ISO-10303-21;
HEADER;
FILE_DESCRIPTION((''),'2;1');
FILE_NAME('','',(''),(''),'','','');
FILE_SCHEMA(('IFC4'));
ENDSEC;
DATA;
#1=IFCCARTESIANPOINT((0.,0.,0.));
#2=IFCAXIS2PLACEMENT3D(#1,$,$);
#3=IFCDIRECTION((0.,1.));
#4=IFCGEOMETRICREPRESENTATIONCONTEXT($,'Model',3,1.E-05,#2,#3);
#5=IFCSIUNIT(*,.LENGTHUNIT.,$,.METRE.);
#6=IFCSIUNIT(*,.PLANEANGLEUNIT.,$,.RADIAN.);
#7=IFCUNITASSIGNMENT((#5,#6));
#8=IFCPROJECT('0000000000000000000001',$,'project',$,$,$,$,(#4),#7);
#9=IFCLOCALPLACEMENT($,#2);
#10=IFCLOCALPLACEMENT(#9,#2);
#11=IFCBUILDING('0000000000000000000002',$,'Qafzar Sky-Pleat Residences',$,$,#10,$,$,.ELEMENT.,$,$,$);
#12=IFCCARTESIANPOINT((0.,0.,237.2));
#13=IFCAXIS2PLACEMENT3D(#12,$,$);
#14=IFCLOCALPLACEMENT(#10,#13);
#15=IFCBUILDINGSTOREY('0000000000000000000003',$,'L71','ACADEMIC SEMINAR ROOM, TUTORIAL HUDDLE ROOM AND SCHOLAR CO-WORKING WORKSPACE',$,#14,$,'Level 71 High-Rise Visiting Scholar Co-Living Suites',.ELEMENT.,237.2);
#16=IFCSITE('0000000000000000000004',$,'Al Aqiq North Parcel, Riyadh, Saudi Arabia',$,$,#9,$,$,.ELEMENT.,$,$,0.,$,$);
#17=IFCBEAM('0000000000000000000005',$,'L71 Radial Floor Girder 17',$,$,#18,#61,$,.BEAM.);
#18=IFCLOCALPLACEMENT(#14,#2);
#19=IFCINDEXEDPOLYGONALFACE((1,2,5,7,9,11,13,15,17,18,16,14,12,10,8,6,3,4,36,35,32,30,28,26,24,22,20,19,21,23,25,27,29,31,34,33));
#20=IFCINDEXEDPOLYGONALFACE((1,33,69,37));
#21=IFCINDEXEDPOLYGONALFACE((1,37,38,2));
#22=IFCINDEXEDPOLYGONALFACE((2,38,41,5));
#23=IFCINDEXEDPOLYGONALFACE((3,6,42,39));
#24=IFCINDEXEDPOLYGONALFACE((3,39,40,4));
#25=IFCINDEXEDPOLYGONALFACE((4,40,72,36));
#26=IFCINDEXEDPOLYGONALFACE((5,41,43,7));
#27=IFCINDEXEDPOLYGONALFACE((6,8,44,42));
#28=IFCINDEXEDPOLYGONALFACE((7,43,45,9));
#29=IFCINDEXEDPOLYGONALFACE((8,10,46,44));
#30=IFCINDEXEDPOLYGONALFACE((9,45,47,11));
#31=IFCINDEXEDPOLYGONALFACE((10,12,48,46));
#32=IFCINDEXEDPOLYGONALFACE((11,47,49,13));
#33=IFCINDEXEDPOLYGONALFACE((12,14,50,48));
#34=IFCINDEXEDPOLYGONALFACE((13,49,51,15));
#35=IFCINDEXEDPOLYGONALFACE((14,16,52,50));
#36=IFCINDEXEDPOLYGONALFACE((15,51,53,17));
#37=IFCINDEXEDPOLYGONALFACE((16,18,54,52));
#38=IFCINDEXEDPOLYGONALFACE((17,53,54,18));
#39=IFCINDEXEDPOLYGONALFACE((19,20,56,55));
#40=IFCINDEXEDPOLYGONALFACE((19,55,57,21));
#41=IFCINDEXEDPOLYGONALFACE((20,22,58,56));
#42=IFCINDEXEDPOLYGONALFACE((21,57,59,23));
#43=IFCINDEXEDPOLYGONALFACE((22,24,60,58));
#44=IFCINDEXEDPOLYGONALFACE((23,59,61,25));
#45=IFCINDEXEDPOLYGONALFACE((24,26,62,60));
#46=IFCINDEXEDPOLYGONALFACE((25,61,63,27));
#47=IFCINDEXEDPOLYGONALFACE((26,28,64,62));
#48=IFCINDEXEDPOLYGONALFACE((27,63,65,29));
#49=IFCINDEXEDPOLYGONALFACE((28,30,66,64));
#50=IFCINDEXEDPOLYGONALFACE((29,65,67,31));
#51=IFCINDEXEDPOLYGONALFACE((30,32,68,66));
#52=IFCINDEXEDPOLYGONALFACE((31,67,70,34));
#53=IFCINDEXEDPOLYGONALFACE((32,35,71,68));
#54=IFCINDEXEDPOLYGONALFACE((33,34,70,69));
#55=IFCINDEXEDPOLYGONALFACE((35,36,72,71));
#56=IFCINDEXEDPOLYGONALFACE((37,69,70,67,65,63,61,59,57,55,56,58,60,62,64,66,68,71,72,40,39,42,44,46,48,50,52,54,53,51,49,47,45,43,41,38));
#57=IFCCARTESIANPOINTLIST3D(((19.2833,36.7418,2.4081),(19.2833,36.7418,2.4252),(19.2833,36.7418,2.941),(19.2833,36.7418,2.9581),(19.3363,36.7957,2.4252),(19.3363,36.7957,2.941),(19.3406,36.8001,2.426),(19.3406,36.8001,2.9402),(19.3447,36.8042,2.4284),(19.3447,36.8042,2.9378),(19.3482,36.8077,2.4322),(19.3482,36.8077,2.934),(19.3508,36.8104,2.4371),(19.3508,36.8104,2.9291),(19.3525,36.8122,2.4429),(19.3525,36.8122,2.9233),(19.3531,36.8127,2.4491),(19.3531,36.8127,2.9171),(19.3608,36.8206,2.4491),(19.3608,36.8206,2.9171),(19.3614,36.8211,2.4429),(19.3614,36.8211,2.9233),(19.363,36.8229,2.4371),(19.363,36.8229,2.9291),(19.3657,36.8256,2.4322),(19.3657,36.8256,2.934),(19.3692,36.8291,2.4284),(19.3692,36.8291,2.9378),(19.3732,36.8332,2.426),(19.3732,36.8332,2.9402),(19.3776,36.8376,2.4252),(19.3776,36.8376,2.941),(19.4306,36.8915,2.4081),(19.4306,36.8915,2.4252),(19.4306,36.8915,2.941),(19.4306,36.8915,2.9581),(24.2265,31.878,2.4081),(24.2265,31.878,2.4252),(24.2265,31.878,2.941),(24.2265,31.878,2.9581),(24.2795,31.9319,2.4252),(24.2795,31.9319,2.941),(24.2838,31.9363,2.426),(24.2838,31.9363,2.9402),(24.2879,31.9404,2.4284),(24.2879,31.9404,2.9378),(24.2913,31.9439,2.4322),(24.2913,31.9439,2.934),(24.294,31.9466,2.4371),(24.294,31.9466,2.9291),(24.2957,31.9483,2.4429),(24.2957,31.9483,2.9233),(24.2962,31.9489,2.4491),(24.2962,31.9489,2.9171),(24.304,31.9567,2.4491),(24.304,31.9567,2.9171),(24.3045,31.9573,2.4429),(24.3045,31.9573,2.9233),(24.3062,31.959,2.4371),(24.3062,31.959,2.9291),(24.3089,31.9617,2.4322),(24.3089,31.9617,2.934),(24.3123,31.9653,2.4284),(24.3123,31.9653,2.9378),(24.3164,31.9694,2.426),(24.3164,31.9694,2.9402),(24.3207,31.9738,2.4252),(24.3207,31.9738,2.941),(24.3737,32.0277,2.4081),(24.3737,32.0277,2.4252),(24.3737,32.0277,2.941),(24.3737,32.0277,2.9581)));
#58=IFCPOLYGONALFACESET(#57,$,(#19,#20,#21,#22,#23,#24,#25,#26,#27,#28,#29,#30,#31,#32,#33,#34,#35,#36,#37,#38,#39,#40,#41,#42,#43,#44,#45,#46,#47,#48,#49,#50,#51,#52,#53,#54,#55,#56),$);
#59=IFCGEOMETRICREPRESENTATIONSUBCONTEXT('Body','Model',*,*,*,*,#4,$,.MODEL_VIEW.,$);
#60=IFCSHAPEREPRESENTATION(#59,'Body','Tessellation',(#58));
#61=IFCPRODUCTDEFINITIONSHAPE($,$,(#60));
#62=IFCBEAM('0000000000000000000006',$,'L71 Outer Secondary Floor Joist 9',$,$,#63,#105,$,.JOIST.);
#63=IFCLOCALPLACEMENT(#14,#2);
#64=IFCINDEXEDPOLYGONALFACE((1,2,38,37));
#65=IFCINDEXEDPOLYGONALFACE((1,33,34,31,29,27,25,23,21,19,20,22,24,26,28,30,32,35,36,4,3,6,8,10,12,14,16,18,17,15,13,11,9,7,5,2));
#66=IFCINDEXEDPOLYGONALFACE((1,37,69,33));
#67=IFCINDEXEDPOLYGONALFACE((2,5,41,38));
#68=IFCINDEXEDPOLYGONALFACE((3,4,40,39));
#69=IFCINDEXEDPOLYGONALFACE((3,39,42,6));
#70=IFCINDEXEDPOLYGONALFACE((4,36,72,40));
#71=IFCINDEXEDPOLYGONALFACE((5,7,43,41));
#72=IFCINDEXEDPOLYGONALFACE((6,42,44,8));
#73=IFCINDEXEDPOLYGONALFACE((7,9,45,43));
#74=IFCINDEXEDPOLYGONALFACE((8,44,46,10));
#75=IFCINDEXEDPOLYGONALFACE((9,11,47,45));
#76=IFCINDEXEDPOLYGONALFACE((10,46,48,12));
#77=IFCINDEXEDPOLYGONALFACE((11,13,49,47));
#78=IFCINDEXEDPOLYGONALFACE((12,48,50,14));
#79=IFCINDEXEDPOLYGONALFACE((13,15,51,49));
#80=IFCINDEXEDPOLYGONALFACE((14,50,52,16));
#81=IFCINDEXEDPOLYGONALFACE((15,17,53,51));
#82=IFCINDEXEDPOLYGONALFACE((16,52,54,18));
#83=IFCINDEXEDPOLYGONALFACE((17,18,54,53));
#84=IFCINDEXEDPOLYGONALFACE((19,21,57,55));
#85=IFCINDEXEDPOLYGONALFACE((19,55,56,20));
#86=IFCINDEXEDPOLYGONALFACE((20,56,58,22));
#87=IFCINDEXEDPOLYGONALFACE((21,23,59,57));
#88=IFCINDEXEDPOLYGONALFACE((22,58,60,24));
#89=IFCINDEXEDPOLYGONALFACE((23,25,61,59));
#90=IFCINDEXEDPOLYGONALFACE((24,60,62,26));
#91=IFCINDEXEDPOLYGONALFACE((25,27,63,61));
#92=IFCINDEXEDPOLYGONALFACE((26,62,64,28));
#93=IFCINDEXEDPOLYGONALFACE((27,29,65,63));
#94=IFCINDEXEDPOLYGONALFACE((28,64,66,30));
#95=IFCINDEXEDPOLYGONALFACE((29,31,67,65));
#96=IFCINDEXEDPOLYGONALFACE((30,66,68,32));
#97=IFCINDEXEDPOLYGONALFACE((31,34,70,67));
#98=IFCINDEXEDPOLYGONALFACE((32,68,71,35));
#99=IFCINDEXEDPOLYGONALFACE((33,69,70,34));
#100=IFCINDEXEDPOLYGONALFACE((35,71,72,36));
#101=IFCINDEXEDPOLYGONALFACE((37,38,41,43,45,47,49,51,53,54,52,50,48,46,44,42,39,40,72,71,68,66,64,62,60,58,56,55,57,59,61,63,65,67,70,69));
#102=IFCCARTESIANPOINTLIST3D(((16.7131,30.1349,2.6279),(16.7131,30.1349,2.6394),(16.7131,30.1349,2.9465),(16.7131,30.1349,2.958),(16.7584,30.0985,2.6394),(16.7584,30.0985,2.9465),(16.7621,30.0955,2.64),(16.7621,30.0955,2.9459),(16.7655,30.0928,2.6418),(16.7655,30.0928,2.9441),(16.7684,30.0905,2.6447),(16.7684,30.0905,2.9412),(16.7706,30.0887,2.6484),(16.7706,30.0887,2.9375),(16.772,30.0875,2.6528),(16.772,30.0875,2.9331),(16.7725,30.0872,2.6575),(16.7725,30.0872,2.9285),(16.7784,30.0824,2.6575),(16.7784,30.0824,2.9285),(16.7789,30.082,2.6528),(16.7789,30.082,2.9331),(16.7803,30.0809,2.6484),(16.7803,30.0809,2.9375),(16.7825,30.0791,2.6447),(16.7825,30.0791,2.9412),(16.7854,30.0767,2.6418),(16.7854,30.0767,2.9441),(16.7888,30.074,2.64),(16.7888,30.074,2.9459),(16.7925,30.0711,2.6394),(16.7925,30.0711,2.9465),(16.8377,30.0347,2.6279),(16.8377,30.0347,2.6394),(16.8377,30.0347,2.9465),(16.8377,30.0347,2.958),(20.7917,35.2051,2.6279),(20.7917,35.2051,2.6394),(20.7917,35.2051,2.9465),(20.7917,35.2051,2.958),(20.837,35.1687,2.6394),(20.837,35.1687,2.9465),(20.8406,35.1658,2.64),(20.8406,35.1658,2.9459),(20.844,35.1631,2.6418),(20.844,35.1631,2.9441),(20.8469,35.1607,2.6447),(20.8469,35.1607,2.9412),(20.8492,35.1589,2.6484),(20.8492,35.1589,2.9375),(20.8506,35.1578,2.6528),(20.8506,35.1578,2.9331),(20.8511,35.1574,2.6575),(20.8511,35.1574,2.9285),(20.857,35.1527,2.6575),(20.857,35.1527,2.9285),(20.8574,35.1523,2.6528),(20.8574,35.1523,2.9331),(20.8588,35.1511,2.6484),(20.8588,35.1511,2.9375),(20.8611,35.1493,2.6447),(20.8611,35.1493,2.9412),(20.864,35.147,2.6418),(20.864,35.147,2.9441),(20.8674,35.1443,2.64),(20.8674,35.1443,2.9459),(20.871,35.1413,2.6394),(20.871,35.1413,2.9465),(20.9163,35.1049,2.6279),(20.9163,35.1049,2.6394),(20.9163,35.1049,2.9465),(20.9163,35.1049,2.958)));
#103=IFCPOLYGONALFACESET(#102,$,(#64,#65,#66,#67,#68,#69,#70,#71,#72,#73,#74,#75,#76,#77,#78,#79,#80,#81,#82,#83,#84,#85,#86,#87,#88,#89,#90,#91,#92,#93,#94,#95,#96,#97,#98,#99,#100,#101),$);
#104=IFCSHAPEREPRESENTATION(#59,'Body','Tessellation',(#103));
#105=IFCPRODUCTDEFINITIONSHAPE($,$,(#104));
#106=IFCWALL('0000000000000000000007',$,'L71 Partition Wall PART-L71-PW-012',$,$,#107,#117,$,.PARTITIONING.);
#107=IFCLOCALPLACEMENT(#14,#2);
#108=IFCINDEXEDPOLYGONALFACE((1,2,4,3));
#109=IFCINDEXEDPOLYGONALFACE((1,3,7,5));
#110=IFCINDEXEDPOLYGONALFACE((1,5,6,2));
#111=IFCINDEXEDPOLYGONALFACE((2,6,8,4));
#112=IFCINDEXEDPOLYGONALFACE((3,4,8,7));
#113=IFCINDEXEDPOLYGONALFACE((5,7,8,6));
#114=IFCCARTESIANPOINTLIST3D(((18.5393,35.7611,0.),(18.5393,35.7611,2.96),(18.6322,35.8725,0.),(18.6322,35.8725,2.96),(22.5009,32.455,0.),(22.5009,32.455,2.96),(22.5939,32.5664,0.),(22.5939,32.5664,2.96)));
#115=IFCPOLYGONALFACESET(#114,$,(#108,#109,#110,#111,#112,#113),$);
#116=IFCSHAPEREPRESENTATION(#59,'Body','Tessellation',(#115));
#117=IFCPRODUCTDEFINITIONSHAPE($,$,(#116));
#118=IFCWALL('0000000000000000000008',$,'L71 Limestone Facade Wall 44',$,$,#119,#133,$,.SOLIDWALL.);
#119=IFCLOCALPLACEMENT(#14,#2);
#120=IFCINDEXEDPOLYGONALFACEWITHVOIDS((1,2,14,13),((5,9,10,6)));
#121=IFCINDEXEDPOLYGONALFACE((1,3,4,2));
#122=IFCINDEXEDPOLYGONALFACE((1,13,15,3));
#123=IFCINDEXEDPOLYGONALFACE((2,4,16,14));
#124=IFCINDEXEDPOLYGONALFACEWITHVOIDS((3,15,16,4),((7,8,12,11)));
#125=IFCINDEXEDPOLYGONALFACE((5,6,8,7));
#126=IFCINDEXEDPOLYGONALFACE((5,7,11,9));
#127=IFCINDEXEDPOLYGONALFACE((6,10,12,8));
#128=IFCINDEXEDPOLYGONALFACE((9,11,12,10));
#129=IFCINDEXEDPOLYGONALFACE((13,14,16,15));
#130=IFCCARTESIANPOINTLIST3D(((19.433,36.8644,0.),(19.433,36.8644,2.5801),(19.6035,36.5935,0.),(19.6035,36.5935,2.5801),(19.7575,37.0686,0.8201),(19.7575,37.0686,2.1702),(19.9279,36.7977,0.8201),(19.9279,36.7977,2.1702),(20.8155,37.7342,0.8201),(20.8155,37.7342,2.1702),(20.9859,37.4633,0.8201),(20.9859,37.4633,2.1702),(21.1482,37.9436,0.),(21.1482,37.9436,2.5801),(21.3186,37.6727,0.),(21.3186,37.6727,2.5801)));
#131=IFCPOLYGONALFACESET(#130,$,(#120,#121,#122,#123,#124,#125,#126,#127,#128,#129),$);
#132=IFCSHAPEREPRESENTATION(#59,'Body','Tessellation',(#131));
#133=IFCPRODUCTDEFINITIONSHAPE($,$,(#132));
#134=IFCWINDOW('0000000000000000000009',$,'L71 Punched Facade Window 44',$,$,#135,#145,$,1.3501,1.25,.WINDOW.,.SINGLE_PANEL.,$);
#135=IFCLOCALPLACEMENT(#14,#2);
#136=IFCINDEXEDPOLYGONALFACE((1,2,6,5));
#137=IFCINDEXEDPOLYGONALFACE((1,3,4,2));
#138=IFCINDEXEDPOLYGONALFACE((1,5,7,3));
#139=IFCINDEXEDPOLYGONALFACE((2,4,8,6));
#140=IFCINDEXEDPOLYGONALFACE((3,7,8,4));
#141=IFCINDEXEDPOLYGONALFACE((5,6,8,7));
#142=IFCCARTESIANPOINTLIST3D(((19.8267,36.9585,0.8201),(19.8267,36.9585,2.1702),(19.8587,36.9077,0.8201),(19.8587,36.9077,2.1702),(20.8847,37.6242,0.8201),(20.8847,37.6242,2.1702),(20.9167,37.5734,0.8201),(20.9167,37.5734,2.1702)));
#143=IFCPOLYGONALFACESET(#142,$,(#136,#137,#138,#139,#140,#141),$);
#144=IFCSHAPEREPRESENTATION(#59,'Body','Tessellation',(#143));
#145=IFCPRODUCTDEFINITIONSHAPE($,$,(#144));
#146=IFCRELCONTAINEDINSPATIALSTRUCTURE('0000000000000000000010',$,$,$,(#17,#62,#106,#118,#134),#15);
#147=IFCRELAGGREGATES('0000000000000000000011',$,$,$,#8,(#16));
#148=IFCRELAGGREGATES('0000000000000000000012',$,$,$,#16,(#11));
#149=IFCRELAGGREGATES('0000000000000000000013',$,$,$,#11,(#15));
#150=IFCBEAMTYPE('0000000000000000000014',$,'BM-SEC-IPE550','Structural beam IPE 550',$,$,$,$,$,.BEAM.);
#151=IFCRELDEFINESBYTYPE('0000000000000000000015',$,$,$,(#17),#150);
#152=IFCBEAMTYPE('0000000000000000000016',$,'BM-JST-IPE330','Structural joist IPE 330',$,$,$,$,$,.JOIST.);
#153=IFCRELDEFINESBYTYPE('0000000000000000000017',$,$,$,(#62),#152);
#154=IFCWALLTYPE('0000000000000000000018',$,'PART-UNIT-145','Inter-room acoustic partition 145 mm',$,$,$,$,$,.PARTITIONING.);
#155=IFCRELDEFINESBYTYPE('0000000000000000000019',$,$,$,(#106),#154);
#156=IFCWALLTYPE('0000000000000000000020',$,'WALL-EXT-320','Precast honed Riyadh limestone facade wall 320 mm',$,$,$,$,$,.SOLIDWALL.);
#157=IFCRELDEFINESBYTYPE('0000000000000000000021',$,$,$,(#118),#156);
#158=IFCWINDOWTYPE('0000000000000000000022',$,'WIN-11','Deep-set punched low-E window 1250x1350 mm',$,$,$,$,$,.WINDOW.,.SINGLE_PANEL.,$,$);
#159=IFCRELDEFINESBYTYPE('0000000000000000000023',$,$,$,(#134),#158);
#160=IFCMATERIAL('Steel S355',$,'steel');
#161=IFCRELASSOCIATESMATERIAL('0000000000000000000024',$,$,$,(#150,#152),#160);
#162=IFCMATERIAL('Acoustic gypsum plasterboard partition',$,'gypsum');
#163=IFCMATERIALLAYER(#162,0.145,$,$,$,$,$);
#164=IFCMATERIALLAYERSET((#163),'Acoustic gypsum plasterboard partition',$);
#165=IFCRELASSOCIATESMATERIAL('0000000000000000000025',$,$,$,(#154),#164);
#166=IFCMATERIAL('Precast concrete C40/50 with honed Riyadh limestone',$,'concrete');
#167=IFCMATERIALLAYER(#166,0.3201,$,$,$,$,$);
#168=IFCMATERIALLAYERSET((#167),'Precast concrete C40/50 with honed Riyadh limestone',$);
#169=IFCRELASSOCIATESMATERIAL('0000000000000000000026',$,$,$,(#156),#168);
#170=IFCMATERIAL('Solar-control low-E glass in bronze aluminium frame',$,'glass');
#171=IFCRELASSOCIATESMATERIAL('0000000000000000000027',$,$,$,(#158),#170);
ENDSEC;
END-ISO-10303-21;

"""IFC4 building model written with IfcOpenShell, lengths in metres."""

from ifc_helpers import new_model, si_unit, direction, frame, frame_2d, origin, origin_2d, place, context, subcontext, project, spatial, rectangle, i_section, extrude, source, transform, mapped, material, layer, layer_set, material_profile, profile_set, type_object, element, fill, save


model = new_model("IFC4")

# Units and contexts
model_context = context("Model", 3, precision=1e-05, world=origin(), true_north=direction((0.0, 1.0)))
body_context = subcontext(model_context, "Body", "Model", "MODEL_VIEW")
ifc_project = project(units=[si_unit("LENGTHUNIT", "METRE"), si_unit("PLANEANGLEUNIT", "RADIAN")], contexts=[model_context])

# Site, building, storey
site_placement = place(None, origin())
site = spatial("IfcSite", under=ifc_project, at=site_placement, Name="Al Aqiq North Parcel, Riyadh, Saudi Arabia", CompositionType="ELEMENT", RefElevation=0.0)
building_placement = place(site_placement, origin())
building = spatial("IfcBuilding", under=site, at=building_placement, Name="Qafzar Sky-Pleat Residences", CompositionType="ELEMENT")
storey_placement = place(building_placement, frame((0.0, 0.0, 237.2)))
storey = spatial("IfcBuildingStorey", under=building, at=storey_placement, Name="L71", Description="ACADEMIC SEMINAR ROOM, TUTORIAL HUDDLE ROOM AND SCHOLAR CO-WORKING WORKSPACE", LongName="Level 71 High-Rise Visiting Scholar Co-Living Suites", CompositionType="ELEMENT", Elevation=237.2)

# Shared definitions
ifc_material_1 = material(Name="Steel S355", Category="steel")

# Beams
ifc_material_profile_1 = material_profile(ifc_material_1, i_section(OverallWidth=0.21, OverallDepth=0.55, WebThickness=0.011, FlangeThickness=0.0171, FilletRadius=0.0239, at=origin_2d()), Name="IPE 550")
ifc_profile_set_1 = profile_set([ifc_material_profile_1], Name="Steel S355")
beam_type_1 = type_object("IfcBeamType", Name="BM-SEC-IPE550", Description="Structural beam IPE 550", PredefinedType="BEAM", material=ifc_profile_set_1)
shared_shape_1 = source(origin(), body_context, "Body", "SweptSolid", [
    extrude(i_section(OverallWidth=0.21, OverallDepth=0.55, WebThickness=0.011, FlangeThickness=0.0171, FilletRadius=0.0239, at=origin_2d()), origin(), (0.0, 0.0, 1.0), 6.9348),
])
beam_1_placement = place(storey_placement, frame((19.3569, 36.8167, 2.6831), z_axis=(0.712805, -0.701363, 0.0), x_axis=(0.701363, 0.712805, 0.0)))
element("IfcBeam", 1, at=beam_1_placement, inside=storey, type_object=beam_type_1, Name="L71 Radial Floor Girder 17", PredefinedType="BEAM", context=body_context, shape_type="MappedRepresentation", body=[
    mapped(shared_shape_1, transform((0.0, 0.0, 0.0), x_axis=(1.0, 0.0, 0.0), y_axis=(0.0, 1.0, 0.0), z_axis=(0.0, 0.0, 1.0), scale=1.0)),
])
ifc_material_profile_2 = material_profile(ifc_material_1, i_section(OverallWidth=0.1599, OverallDepth=0.3301, WebThickness=0.0076, FlangeThickness=0.0115, FilletRadius=0.0181, at=origin_2d()), Name="IPE 330")
ifc_profile_set_2 = profile_set([ifc_material_profile_2], Name="Steel S355")
beam_type_2 = type_object("IfcBeamType", Name="BM-JST-IPE330", Description="Structural joist IPE 330", PredefinedType="JOIST", material=ifc_profile_set_2)
shared_shape_2 = source(origin(), body_context, "Body", "SweptSolid", [
    extrude(i_section(OverallWidth=0.1599, OverallDepth=0.3301, WebThickness=0.0076, FlangeThickness=0.0115, FilletRadius=0.0181, at=origin_2d()), origin(), (0.0, 0.0, 1.0), 6.5071),
])
beam_2_placement = place(storey_placement, frame((20.854, 35.155, 2.793), z_axis=(-0.626788, -0.77919, 0.0), x_axis=(0.77919, -0.626788, 0.0)))
element("IfcBeam", 2, at=beam_2_placement, inside=storey, type_object=beam_type_2, Name="L71 Outer Secondary Floor Joist 9", PredefinedType="JOIST", context=body_context, shape_type="MappedRepresentation", body=[
    mapped(shared_shape_2, transform((0.0, 0.0, 0.0), x_axis=(1.0, 0.0, 0.0), y_axis=(0.0, 1.0, 0.0), z_axis=(0.0, 0.0, 1.0), scale=1.0)),
])

# Wall
ifc_material_2 = material(Name="Acoustic gypsum plasterboard partition", Category="gypsum")
ifc_layer_1 = layer(ifc_material_2, 0.145)
ifc_layer_set_1 = layer_set([ifc_layer_1], Name="Acoustic gypsum plasterboard partition")
wall_type_1 = type_object("IfcWallType", Name="PART-UNIT-145", Description="Inter-room acoustic partition 145 mm", PredefinedType="PARTITIONING", material=ifc_layer_set_1)
wall_1_placement = place(storey_placement, frame((18.5857, 35.8169, 0.0), z_axis=(0.0, 0.0, 1.0), x_axis=(0.767767, -0.640729, 0.0)))
element("IfcWall", 3, at=wall_1_placement, inside=storey, type_object=wall_type_1, Name="L71 Partition Wall PART-L71-PW-012", PredefinedType="PARTITIONING", context=body_context, shape_type="SweptSolid", body=[
    extrude(rectangle(XDim=5.1599, YDim=0.145, at=frame_2d((2.5801, 0.0))), origin(), (0.0, 0.0, 1.0), 2.96),
])

# Wall, opening, window
ifc_material_3 = material(Name="Precast concrete C40/50 with honed Riyadh limestone", Category="concrete")
ifc_layer_2 = layer(ifc_material_3, 0.3201)
ifc_layer_set_2 = layer_set([ifc_layer_2], Name="Precast concrete C40/50 with honed Riyadh limestone")
wall_type_2 = type_object("IfcWallType", Name="WALL-EXT-320", Description="Precast honed Riyadh limestone facade wall 320 mm", PredefinedType="SOLIDWALL", material=ifc_layer_set_2)
wall_2_placement = place(storey_placement, frame((21.2334, 37.8081, 0.0), z_axis=(0.0, 0.0, 1.0), x_axis=(-0.846404, -0.532542, 0.0)))
wall_2 = element("IfcWall", 4, at=wall_2_placement, inside=storey, type_object=wall_type_2, Name="L71 Limestone Facade Wall 44", PredefinedType="SOLIDWALL", context=body_context, shape_type="SweptSolid", body=[
    extrude(rectangle(XDim=2.0264, YDim=0.3201, at=frame_2d((1.0132, 0.0))), origin(), (0.0, 0.0, 1.0), 2.5801),
])
opening_1_placement = place(wall_2_placement, frame((0.3931, 0.0, 0.8201)))
opening_1 = element("IfcOpeningElement", 5, at=opening_1_placement, cuts=wall_2, PredefinedType="OPENING", context=body_context, shape_type="SweptSolid", body=[
    extrude(rectangle(XDim=1.25, YDim=1.3501, at=frame_2d((0.625, 0.675))), frame((0.0, 0.1699, 0.0), z_axis=(0.0, -1.0, 0.0), x_axis=(1.0, 0.0, 0.0)), (0.0, 0.0, 1.0), 0.3401),
])
ifc_material_4 = material(Name="Solar-control low-E glass in bronze aluminium frame", Category="glass")
window_type_1 = type_object("IfcWindowType", Name="WIN-11", Description="Deep-set punched low-E window 1250x1350 mm", PartitioningType="SINGLE_PANEL", PredefinedType="WINDOW", material=ifc_material_4)
shared_shape_3 = source(origin(), body_context, "Body", "SweptSolid", [
    extrude(rectangle(XDim=1.25, YDim=1.3501, at=frame_2d((0.625, 0.675))), frame((0.0, 0.03, 0.0), z_axis=(0.0, -1.0, 0.0), x_axis=(1.0, 0.0, 0.0)), (0.0, 0.0, 1.0), 0.0601),
])
window_1_placement = place(opening_1_placement, origin())
window_1 = element("IfcWindow", 6, at=window_1_placement, inside=storey, type_object=window_type_1, Name="L71 Punched Facade Window 44", OverallHeight=1.3501, OverallWidth=1.25, PartitioningType="SINGLE_PANEL", PredefinedType="WINDOW", context=body_context, shape_type="MappedRepresentation", body=[
    mapped(shared_shape_3, transform((0.0, 0.0, 0.0), x_axis=(1.0, 0.0, 0.0), y_axis=(0.0, 1.0, 0.0), z_axis=(0.0, 0.0, 1.0), scale=1.0)),
])
fill(opening_1, window_1)

save(model, "model.ifc")
